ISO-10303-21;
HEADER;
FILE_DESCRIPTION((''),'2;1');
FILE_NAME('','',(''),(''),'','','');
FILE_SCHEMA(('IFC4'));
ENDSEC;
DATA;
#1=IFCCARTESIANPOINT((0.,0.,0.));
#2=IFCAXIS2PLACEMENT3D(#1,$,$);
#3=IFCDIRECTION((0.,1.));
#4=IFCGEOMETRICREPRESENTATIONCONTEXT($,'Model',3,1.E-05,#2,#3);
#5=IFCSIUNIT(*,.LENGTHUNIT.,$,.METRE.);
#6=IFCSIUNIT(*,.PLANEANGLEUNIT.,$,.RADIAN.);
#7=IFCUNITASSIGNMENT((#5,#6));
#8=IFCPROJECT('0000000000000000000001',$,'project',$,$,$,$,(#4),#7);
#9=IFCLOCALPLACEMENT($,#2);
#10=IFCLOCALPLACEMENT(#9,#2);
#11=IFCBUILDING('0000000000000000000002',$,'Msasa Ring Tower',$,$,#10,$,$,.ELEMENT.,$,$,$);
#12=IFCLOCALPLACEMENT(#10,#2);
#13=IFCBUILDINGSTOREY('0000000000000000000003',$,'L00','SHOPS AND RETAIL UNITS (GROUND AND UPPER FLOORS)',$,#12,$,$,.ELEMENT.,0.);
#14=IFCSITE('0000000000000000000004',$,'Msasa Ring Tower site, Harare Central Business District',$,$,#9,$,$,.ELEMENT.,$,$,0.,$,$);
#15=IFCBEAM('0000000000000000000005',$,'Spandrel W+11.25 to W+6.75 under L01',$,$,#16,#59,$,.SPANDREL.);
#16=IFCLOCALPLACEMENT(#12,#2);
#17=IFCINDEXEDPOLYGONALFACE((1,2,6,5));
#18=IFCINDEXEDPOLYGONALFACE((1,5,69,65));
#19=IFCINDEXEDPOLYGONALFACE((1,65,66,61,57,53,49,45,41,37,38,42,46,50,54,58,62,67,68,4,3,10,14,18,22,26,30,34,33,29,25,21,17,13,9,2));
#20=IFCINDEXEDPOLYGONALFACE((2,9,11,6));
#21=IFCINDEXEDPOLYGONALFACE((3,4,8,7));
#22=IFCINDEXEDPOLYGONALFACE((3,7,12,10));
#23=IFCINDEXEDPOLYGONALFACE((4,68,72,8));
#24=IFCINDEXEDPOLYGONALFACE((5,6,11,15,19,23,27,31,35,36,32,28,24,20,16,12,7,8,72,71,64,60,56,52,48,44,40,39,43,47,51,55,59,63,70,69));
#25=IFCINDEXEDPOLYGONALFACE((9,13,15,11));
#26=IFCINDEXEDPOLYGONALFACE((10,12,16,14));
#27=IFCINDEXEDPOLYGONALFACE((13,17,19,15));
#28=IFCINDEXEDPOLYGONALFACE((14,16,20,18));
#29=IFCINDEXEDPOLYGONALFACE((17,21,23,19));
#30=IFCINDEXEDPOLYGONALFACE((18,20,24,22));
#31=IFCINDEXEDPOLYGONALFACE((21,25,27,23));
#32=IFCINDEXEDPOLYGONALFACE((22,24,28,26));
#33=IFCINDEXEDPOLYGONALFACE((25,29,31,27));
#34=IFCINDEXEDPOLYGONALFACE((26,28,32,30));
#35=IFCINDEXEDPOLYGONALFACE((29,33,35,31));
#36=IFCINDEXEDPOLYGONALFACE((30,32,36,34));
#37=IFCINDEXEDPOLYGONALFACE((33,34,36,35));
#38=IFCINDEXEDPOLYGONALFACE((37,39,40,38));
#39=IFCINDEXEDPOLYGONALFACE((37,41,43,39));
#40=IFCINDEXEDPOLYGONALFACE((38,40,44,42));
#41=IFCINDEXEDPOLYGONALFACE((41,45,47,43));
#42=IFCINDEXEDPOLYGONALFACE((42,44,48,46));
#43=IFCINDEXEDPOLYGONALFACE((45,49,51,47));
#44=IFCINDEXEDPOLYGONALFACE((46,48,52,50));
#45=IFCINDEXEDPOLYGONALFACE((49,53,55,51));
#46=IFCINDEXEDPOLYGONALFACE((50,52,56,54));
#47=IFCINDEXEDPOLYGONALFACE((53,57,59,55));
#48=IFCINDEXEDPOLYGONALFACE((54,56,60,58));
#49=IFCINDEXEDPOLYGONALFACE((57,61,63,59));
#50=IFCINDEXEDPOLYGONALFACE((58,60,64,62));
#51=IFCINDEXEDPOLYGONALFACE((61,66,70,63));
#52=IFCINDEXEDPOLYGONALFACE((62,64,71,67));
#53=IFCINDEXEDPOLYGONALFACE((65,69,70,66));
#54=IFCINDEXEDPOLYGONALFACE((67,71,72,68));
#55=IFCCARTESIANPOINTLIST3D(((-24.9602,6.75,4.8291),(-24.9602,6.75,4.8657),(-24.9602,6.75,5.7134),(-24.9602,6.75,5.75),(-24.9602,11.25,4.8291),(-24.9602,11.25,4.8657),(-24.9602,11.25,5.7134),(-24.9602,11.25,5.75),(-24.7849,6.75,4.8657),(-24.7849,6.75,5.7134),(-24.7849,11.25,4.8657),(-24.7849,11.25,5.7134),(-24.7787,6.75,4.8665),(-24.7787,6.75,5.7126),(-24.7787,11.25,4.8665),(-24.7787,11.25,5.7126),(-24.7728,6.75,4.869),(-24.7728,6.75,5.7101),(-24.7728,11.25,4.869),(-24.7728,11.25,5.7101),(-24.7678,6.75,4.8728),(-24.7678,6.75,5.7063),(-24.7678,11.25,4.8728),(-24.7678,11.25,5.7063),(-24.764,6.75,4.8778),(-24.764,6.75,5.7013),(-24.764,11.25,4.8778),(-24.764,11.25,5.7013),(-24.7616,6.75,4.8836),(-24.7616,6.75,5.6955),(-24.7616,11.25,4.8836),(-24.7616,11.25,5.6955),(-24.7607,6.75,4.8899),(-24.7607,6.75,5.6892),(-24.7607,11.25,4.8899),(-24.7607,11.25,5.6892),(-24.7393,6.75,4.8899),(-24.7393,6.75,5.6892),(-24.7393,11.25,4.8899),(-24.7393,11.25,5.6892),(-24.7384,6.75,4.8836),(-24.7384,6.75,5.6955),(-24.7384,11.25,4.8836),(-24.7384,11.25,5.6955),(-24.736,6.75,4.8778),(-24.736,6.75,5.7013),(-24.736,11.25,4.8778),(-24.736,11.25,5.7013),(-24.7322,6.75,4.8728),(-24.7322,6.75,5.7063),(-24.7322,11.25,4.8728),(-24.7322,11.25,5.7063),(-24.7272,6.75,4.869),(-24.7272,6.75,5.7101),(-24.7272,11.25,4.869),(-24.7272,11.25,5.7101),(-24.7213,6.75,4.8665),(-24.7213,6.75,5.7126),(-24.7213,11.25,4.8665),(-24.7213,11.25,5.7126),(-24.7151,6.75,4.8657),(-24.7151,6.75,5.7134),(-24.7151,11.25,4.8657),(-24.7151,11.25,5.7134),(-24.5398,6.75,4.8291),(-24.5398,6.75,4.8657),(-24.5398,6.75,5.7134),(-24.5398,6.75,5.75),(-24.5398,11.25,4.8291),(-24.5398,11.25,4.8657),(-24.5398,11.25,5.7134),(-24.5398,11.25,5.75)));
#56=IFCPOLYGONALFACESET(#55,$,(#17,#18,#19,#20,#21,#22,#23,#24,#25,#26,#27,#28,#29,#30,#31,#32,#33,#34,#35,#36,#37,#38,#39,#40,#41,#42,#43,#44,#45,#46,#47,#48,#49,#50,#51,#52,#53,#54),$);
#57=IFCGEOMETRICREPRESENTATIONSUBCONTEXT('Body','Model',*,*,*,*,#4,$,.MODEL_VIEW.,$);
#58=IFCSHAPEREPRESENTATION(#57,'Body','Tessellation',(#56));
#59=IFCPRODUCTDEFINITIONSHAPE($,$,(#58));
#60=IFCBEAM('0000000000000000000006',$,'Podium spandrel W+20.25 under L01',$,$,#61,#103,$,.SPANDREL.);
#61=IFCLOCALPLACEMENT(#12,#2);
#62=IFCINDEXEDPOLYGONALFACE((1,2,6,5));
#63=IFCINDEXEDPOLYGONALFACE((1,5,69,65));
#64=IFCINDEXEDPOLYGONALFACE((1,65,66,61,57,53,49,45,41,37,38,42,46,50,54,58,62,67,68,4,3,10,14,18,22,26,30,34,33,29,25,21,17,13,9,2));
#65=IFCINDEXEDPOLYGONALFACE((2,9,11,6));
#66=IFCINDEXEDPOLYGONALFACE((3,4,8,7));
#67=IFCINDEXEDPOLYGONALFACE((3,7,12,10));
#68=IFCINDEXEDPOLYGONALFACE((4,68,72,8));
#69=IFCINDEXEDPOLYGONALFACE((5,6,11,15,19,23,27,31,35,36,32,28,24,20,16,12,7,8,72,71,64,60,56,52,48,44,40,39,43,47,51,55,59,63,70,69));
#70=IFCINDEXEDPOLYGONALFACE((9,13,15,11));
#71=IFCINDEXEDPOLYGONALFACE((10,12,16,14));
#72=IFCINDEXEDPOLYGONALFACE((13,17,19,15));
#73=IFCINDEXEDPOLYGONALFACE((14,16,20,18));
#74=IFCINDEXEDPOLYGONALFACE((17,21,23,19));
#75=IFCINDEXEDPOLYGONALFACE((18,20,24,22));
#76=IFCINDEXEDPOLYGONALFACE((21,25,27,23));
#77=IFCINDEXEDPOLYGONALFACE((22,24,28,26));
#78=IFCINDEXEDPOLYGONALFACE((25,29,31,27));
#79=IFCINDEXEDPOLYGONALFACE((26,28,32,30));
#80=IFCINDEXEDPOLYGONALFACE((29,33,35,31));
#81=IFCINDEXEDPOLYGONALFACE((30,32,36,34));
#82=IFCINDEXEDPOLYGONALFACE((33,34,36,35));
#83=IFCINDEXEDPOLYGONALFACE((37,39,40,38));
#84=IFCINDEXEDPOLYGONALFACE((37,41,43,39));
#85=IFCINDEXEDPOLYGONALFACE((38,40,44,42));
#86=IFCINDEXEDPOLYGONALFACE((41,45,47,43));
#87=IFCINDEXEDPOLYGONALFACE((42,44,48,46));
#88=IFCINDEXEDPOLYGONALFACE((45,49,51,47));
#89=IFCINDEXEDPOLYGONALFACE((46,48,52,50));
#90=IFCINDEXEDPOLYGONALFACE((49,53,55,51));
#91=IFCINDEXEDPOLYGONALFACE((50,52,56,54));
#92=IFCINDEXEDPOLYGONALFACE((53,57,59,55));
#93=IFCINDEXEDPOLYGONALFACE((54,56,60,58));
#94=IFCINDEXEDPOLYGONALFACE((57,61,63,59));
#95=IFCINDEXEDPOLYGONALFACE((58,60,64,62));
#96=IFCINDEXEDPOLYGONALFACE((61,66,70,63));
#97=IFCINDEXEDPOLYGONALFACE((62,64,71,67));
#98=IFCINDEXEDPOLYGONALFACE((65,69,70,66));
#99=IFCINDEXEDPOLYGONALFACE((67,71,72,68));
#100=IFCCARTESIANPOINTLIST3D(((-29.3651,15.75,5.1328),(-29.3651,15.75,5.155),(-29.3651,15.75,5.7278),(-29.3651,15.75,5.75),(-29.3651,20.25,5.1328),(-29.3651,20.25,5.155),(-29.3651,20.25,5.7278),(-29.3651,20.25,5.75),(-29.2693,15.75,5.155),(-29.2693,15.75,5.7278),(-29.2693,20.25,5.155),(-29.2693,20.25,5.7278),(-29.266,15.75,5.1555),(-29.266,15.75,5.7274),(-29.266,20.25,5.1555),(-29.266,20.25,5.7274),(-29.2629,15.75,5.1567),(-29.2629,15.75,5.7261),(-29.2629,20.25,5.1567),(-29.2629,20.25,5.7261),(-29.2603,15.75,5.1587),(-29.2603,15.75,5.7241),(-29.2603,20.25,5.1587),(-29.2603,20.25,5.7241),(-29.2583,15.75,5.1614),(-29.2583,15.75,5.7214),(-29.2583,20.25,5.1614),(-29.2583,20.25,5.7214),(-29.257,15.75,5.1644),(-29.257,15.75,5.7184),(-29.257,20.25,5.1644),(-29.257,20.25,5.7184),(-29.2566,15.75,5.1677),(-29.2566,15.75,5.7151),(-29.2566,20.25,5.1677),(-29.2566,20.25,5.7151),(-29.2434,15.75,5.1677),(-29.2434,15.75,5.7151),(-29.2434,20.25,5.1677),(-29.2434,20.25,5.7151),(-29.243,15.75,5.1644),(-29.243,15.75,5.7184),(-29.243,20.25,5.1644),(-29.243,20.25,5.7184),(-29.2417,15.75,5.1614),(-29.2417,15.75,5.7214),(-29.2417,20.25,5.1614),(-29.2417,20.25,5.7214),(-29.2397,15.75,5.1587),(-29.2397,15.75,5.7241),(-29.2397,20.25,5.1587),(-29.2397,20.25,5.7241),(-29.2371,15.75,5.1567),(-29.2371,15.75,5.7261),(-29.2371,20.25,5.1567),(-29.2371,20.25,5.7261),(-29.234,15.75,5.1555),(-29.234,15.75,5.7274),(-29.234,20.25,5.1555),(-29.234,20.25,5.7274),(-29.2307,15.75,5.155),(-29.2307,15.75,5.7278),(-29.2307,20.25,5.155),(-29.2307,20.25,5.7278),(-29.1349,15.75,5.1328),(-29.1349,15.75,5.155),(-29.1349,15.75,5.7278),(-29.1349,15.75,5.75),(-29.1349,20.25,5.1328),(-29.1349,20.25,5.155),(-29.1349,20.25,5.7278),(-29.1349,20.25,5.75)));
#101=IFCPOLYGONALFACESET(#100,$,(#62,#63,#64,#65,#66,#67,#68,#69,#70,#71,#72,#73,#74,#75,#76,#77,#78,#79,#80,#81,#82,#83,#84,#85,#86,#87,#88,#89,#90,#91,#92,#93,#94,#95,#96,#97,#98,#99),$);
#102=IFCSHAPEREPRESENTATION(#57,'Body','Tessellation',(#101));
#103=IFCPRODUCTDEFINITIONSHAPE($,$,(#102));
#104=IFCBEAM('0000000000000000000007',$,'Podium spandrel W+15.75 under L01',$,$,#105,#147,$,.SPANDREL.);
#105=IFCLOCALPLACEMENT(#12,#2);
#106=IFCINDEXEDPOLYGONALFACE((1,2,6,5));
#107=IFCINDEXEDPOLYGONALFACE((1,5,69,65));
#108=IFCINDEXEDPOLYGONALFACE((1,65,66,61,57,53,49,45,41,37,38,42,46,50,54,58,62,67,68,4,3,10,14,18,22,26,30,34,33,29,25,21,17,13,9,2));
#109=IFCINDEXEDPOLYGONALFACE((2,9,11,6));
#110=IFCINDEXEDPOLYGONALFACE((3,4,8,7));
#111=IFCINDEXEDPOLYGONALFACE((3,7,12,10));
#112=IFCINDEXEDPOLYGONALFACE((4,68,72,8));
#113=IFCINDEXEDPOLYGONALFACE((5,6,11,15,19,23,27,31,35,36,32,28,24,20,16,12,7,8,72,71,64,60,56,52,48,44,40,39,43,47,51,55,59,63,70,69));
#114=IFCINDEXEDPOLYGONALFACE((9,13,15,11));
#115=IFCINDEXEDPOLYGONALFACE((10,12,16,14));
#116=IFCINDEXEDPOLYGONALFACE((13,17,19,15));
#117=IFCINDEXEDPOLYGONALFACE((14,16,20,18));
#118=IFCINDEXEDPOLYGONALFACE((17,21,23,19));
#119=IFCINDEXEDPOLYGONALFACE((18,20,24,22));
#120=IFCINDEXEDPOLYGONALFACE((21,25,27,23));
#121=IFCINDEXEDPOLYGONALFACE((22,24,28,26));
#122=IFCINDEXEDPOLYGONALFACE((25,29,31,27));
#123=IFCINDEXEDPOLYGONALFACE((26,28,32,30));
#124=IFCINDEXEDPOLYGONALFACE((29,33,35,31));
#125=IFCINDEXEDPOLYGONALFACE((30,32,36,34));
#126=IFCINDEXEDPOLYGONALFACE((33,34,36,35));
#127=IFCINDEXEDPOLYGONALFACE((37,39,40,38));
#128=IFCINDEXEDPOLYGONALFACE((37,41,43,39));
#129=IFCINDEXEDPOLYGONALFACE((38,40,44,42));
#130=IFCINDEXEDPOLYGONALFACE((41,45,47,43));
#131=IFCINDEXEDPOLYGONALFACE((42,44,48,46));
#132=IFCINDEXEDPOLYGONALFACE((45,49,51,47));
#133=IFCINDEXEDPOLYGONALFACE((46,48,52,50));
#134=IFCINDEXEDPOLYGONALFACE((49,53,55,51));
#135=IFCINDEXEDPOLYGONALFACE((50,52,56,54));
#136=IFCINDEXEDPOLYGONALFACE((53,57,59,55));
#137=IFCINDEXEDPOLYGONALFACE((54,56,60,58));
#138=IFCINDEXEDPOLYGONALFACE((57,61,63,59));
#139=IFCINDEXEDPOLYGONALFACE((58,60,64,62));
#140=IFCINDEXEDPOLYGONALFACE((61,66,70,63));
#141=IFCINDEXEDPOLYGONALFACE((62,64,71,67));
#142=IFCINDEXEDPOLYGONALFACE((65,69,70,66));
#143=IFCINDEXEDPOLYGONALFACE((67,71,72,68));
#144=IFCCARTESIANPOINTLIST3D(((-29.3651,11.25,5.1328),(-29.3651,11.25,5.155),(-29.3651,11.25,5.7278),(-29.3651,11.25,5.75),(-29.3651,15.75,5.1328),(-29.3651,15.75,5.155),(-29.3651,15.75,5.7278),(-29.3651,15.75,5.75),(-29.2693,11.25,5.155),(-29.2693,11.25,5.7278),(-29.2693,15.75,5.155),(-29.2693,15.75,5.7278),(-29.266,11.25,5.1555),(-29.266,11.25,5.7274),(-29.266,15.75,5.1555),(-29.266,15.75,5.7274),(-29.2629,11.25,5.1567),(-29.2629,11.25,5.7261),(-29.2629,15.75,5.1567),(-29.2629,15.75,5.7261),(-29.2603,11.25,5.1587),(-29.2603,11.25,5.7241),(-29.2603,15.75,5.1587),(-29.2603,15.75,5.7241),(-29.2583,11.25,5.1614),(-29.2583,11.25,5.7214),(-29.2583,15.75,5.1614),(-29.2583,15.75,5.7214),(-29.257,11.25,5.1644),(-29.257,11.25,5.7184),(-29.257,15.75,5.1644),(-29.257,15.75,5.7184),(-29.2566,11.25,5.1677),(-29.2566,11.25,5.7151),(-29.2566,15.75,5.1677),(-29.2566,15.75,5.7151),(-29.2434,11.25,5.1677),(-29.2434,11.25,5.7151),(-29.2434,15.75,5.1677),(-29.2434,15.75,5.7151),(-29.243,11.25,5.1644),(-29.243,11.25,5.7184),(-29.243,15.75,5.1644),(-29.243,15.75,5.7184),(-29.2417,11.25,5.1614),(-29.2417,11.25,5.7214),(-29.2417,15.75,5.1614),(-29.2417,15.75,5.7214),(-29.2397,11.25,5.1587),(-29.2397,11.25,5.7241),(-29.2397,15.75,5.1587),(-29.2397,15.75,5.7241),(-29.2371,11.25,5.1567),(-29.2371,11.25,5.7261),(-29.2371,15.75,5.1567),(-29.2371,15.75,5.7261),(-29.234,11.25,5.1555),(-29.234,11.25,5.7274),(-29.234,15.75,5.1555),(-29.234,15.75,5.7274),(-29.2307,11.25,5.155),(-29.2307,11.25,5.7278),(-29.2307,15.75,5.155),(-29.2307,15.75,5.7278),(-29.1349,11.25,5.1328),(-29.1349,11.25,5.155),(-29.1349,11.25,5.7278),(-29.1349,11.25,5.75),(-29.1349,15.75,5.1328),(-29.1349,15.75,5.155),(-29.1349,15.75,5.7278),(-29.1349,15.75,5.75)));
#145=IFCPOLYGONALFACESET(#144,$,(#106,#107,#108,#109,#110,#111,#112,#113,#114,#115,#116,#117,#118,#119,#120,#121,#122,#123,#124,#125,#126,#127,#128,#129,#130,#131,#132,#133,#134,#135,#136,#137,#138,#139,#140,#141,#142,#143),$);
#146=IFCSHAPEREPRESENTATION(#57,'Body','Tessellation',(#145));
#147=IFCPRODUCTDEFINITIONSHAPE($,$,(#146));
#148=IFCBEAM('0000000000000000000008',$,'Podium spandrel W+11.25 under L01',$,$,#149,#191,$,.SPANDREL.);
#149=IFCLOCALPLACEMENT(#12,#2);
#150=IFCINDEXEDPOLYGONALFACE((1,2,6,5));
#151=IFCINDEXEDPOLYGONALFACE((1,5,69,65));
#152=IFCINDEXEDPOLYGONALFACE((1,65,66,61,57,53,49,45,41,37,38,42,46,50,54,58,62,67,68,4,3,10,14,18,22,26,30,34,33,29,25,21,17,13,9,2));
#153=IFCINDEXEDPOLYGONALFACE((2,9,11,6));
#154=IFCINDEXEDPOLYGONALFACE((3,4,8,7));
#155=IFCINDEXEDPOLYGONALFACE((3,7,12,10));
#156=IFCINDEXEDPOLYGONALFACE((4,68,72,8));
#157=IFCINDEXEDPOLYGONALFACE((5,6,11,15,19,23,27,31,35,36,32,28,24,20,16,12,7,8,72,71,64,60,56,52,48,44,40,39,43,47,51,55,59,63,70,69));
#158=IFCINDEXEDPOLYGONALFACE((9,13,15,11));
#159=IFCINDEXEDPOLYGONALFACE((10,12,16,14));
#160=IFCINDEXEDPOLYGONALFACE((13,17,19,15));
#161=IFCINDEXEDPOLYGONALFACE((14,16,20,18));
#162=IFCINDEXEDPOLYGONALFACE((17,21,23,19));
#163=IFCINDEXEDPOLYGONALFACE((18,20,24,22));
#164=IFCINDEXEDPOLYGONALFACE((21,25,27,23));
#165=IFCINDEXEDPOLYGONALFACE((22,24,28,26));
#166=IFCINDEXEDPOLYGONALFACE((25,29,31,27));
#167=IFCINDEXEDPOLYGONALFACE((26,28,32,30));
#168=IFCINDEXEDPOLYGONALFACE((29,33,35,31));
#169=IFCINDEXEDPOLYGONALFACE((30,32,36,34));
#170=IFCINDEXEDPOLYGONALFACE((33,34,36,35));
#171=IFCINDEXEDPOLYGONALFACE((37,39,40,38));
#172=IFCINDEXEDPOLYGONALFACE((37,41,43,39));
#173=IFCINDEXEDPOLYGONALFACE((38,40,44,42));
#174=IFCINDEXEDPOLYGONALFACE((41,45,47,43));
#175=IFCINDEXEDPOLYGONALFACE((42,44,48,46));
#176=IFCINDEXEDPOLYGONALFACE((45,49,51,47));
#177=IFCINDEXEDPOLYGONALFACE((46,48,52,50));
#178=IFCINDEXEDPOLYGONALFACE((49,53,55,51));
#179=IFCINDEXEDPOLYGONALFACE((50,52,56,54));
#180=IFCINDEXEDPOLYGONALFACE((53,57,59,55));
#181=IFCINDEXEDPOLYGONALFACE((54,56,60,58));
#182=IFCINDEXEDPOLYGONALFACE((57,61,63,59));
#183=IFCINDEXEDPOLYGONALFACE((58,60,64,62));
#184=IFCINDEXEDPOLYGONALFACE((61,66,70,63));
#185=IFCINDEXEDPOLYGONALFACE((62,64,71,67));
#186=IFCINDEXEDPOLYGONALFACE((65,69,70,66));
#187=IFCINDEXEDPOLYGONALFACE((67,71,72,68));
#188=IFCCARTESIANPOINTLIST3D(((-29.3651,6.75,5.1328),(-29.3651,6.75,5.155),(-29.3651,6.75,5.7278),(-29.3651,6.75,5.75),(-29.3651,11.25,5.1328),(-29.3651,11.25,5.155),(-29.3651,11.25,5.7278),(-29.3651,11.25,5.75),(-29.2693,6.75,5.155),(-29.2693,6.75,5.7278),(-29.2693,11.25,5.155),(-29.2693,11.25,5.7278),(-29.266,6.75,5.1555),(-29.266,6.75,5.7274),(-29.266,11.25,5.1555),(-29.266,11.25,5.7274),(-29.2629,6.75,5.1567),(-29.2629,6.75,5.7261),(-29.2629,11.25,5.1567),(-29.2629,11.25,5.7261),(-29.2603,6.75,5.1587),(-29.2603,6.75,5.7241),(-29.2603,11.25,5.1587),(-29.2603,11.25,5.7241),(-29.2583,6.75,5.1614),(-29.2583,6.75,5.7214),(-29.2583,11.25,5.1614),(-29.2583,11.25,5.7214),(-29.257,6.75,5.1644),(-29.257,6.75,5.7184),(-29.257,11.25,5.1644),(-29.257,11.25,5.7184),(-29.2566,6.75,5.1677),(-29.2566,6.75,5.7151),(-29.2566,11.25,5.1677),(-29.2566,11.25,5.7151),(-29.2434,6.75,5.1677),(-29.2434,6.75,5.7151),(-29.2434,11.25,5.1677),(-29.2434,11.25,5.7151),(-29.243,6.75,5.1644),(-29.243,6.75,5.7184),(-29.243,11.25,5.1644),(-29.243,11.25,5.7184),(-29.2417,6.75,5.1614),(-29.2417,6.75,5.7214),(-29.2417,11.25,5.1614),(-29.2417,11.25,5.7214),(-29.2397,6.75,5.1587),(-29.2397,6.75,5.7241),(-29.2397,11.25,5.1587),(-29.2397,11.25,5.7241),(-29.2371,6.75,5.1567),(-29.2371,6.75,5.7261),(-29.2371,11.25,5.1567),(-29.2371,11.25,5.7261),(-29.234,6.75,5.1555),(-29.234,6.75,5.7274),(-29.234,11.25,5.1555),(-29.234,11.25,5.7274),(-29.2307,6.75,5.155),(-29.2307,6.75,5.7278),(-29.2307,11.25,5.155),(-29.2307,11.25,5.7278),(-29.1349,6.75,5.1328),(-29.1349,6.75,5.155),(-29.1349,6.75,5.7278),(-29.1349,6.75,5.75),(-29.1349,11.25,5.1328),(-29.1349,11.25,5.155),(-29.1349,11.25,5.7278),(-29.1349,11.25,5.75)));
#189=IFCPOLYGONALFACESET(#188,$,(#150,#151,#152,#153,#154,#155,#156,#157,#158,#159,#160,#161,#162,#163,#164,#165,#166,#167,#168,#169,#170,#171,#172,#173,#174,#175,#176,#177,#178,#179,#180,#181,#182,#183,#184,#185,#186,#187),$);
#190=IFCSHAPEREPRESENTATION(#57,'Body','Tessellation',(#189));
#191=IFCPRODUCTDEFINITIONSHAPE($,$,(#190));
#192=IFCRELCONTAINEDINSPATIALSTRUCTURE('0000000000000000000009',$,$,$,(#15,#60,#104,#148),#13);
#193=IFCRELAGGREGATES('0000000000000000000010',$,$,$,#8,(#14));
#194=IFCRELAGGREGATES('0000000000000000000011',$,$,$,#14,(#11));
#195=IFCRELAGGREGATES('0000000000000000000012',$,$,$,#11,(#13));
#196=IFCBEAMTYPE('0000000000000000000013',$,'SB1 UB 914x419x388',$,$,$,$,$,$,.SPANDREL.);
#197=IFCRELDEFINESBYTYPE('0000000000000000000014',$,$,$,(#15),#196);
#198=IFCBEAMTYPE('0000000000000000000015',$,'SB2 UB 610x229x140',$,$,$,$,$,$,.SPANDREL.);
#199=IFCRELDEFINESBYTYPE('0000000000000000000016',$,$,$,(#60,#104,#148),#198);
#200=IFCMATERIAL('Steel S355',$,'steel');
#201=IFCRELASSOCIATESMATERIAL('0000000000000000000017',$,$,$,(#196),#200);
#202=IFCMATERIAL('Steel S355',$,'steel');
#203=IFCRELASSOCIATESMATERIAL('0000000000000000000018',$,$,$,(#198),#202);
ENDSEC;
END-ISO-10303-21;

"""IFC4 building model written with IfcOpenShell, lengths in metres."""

from ifc_helpers import new_model, si_unit, direction, frame, origin, origin_2d, place, context, subcontext, project, spatial, i_section, extrude, material, material_profile, profile_set, type_object, element, save


model = new_model("IFC4")

# Units and contexts
model_context = context("Model", 3, precision=1e-05, world=origin(), true_north=direction((0.0, 1.0)))
body_context = subcontext(model_context, "Body", "Model", "MODEL_VIEW")
ifc_project = project(units=[si_unit("LENGTHUNIT", "METRE"), si_unit("PLANEANGLEUNIT", "RADIAN")], contexts=[model_context])

# Site, building, storey
site_placement = place(None, origin())
site = spatial("IfcSite", under=ifc_project, at=site_placement, Name="Msasa Ring Tower site, Harare Central Business District", CompositionType="ELEMENT", RefElevation=0.0)
building_placement = place(site_placement, origin())
building = spatial("IfcBuilding", under=site, at=building_placement, Name="Msasa Ring Tower", CompositionType="ELEMENT")
storey_placement = place(building_placement, origin())
storey = spatial("IfcBuildingStorey", under=building, at=storey_placement, Name="L00", Description="SHOPS AND RETAIL UNITS (GROUND AND UPPER FLOORS)", CompositionType="ELEMENT", Elevation=0.0)

# Beams
ifc_material_1 = material(Name="Steel S355", Category="steel")
ifc_material_profile_1 = material_profile(ifc_material_1, i_section(OverallWidth=0.4204, OverallDepth=0.9209, WebThickness=0.0215, FlangeThickness=0.0366, FilletRadius=0.0242, at=origin_2d()), Name="UB 914x419x388")
ifc_profile_set_1 = profile_set([ifc_material_profile_1], Name="Steel S355")
beam_type_1 = type_object("IfcBeamType", Name="SB1 UB 914x419x388", PredefinedType="SPANDREL", material=ifc_profile_set_1)
for number, where, z_axis, x_axis, name in (
    (1, (-24.75, 11.25, 5.2896), (0.0, -1.0, 0.0), (1.0, 0.0, 0.0), "Spandrel W+11.25 to W+6.75 under L01"),
):
    element("IfcBeam", number, at=place(storey_placement, frame(where, z_axis=z_axis, x_axis=x_axis)), inside=storey, type_object=beam_type_1, Name=name, PredefinedType="SPANDREL", context=body_context, shape_type="SweptSolid", body=[
        extrude(i_section(OverallWidth=0.4204, OverallDepth=0.9209, WebThickness=0.0215, FlangeThickness=0.0366, FilletRadius=0.0242, at=origin_2d()), origin(), (0.0, 0.0, 1.0), 4.5),
    ])
ifc_material_2 = material(Name="Steel S355", Category="steel")
ifc_material_profile_2 = material_profile(ifc_material_2, i_section(OverallWidth=0.2302, OverallDepth=0.6172, WebThickness=0.0132, FlangeThickness=0.0222, FilletRadius=0.0127, at=origin_2d()), Name="UB 610x229x140")
ifc_profile_set_2 = profile_set([ifc_material_profile_2], Name="Steel S355")
beam_type_2 = type_object("IfcBeamType", Name="SB2 UB 610x229x140", PredefinedType="SPANDREL", material=ifc_profile_set_2)
for number, where, z_axis, x_axis, name in (
    (2, (-29.25, 20.25, 5.4414), (0.0, -1.0, 0.0), (1.0, 0.0, 0.0), "Podium spandrel W+20.25 under L01"),
    (3, (-29.25, 15.75, 5.4414), (0.0, -1.0, 0.0), (1.0, 0.0, 0.0), "Podium spandrel W+15.75 under L01"),
    (4, (-29.25, 11.25, 5.4414), (0.0, -1.0, 0.0), (1.0, 0.0, 0.0), "Podium spandrel W+11.25 under L01"),
):
    element("IfcBeam", number, at=place(storey_placement, frame(where, z_axis=z_axis, x_axis=x_axis)), inside=storey, type_object=beam_type_2, Name=name, PredefinedType="SPANDREL", context=body_context, shape_type="SweptSolid", body=[
        extrude(i_section(OverallWidth=0.2302, OverallDepth=0.6172, WebThickness=0.0132, FlangeThickness=0.0222, FilletRadius=0.0127, at=origin_2d()), origin(), (0.0, 0.0, 1.0), 4.5),
    ])

save(model, "model.ifc")
